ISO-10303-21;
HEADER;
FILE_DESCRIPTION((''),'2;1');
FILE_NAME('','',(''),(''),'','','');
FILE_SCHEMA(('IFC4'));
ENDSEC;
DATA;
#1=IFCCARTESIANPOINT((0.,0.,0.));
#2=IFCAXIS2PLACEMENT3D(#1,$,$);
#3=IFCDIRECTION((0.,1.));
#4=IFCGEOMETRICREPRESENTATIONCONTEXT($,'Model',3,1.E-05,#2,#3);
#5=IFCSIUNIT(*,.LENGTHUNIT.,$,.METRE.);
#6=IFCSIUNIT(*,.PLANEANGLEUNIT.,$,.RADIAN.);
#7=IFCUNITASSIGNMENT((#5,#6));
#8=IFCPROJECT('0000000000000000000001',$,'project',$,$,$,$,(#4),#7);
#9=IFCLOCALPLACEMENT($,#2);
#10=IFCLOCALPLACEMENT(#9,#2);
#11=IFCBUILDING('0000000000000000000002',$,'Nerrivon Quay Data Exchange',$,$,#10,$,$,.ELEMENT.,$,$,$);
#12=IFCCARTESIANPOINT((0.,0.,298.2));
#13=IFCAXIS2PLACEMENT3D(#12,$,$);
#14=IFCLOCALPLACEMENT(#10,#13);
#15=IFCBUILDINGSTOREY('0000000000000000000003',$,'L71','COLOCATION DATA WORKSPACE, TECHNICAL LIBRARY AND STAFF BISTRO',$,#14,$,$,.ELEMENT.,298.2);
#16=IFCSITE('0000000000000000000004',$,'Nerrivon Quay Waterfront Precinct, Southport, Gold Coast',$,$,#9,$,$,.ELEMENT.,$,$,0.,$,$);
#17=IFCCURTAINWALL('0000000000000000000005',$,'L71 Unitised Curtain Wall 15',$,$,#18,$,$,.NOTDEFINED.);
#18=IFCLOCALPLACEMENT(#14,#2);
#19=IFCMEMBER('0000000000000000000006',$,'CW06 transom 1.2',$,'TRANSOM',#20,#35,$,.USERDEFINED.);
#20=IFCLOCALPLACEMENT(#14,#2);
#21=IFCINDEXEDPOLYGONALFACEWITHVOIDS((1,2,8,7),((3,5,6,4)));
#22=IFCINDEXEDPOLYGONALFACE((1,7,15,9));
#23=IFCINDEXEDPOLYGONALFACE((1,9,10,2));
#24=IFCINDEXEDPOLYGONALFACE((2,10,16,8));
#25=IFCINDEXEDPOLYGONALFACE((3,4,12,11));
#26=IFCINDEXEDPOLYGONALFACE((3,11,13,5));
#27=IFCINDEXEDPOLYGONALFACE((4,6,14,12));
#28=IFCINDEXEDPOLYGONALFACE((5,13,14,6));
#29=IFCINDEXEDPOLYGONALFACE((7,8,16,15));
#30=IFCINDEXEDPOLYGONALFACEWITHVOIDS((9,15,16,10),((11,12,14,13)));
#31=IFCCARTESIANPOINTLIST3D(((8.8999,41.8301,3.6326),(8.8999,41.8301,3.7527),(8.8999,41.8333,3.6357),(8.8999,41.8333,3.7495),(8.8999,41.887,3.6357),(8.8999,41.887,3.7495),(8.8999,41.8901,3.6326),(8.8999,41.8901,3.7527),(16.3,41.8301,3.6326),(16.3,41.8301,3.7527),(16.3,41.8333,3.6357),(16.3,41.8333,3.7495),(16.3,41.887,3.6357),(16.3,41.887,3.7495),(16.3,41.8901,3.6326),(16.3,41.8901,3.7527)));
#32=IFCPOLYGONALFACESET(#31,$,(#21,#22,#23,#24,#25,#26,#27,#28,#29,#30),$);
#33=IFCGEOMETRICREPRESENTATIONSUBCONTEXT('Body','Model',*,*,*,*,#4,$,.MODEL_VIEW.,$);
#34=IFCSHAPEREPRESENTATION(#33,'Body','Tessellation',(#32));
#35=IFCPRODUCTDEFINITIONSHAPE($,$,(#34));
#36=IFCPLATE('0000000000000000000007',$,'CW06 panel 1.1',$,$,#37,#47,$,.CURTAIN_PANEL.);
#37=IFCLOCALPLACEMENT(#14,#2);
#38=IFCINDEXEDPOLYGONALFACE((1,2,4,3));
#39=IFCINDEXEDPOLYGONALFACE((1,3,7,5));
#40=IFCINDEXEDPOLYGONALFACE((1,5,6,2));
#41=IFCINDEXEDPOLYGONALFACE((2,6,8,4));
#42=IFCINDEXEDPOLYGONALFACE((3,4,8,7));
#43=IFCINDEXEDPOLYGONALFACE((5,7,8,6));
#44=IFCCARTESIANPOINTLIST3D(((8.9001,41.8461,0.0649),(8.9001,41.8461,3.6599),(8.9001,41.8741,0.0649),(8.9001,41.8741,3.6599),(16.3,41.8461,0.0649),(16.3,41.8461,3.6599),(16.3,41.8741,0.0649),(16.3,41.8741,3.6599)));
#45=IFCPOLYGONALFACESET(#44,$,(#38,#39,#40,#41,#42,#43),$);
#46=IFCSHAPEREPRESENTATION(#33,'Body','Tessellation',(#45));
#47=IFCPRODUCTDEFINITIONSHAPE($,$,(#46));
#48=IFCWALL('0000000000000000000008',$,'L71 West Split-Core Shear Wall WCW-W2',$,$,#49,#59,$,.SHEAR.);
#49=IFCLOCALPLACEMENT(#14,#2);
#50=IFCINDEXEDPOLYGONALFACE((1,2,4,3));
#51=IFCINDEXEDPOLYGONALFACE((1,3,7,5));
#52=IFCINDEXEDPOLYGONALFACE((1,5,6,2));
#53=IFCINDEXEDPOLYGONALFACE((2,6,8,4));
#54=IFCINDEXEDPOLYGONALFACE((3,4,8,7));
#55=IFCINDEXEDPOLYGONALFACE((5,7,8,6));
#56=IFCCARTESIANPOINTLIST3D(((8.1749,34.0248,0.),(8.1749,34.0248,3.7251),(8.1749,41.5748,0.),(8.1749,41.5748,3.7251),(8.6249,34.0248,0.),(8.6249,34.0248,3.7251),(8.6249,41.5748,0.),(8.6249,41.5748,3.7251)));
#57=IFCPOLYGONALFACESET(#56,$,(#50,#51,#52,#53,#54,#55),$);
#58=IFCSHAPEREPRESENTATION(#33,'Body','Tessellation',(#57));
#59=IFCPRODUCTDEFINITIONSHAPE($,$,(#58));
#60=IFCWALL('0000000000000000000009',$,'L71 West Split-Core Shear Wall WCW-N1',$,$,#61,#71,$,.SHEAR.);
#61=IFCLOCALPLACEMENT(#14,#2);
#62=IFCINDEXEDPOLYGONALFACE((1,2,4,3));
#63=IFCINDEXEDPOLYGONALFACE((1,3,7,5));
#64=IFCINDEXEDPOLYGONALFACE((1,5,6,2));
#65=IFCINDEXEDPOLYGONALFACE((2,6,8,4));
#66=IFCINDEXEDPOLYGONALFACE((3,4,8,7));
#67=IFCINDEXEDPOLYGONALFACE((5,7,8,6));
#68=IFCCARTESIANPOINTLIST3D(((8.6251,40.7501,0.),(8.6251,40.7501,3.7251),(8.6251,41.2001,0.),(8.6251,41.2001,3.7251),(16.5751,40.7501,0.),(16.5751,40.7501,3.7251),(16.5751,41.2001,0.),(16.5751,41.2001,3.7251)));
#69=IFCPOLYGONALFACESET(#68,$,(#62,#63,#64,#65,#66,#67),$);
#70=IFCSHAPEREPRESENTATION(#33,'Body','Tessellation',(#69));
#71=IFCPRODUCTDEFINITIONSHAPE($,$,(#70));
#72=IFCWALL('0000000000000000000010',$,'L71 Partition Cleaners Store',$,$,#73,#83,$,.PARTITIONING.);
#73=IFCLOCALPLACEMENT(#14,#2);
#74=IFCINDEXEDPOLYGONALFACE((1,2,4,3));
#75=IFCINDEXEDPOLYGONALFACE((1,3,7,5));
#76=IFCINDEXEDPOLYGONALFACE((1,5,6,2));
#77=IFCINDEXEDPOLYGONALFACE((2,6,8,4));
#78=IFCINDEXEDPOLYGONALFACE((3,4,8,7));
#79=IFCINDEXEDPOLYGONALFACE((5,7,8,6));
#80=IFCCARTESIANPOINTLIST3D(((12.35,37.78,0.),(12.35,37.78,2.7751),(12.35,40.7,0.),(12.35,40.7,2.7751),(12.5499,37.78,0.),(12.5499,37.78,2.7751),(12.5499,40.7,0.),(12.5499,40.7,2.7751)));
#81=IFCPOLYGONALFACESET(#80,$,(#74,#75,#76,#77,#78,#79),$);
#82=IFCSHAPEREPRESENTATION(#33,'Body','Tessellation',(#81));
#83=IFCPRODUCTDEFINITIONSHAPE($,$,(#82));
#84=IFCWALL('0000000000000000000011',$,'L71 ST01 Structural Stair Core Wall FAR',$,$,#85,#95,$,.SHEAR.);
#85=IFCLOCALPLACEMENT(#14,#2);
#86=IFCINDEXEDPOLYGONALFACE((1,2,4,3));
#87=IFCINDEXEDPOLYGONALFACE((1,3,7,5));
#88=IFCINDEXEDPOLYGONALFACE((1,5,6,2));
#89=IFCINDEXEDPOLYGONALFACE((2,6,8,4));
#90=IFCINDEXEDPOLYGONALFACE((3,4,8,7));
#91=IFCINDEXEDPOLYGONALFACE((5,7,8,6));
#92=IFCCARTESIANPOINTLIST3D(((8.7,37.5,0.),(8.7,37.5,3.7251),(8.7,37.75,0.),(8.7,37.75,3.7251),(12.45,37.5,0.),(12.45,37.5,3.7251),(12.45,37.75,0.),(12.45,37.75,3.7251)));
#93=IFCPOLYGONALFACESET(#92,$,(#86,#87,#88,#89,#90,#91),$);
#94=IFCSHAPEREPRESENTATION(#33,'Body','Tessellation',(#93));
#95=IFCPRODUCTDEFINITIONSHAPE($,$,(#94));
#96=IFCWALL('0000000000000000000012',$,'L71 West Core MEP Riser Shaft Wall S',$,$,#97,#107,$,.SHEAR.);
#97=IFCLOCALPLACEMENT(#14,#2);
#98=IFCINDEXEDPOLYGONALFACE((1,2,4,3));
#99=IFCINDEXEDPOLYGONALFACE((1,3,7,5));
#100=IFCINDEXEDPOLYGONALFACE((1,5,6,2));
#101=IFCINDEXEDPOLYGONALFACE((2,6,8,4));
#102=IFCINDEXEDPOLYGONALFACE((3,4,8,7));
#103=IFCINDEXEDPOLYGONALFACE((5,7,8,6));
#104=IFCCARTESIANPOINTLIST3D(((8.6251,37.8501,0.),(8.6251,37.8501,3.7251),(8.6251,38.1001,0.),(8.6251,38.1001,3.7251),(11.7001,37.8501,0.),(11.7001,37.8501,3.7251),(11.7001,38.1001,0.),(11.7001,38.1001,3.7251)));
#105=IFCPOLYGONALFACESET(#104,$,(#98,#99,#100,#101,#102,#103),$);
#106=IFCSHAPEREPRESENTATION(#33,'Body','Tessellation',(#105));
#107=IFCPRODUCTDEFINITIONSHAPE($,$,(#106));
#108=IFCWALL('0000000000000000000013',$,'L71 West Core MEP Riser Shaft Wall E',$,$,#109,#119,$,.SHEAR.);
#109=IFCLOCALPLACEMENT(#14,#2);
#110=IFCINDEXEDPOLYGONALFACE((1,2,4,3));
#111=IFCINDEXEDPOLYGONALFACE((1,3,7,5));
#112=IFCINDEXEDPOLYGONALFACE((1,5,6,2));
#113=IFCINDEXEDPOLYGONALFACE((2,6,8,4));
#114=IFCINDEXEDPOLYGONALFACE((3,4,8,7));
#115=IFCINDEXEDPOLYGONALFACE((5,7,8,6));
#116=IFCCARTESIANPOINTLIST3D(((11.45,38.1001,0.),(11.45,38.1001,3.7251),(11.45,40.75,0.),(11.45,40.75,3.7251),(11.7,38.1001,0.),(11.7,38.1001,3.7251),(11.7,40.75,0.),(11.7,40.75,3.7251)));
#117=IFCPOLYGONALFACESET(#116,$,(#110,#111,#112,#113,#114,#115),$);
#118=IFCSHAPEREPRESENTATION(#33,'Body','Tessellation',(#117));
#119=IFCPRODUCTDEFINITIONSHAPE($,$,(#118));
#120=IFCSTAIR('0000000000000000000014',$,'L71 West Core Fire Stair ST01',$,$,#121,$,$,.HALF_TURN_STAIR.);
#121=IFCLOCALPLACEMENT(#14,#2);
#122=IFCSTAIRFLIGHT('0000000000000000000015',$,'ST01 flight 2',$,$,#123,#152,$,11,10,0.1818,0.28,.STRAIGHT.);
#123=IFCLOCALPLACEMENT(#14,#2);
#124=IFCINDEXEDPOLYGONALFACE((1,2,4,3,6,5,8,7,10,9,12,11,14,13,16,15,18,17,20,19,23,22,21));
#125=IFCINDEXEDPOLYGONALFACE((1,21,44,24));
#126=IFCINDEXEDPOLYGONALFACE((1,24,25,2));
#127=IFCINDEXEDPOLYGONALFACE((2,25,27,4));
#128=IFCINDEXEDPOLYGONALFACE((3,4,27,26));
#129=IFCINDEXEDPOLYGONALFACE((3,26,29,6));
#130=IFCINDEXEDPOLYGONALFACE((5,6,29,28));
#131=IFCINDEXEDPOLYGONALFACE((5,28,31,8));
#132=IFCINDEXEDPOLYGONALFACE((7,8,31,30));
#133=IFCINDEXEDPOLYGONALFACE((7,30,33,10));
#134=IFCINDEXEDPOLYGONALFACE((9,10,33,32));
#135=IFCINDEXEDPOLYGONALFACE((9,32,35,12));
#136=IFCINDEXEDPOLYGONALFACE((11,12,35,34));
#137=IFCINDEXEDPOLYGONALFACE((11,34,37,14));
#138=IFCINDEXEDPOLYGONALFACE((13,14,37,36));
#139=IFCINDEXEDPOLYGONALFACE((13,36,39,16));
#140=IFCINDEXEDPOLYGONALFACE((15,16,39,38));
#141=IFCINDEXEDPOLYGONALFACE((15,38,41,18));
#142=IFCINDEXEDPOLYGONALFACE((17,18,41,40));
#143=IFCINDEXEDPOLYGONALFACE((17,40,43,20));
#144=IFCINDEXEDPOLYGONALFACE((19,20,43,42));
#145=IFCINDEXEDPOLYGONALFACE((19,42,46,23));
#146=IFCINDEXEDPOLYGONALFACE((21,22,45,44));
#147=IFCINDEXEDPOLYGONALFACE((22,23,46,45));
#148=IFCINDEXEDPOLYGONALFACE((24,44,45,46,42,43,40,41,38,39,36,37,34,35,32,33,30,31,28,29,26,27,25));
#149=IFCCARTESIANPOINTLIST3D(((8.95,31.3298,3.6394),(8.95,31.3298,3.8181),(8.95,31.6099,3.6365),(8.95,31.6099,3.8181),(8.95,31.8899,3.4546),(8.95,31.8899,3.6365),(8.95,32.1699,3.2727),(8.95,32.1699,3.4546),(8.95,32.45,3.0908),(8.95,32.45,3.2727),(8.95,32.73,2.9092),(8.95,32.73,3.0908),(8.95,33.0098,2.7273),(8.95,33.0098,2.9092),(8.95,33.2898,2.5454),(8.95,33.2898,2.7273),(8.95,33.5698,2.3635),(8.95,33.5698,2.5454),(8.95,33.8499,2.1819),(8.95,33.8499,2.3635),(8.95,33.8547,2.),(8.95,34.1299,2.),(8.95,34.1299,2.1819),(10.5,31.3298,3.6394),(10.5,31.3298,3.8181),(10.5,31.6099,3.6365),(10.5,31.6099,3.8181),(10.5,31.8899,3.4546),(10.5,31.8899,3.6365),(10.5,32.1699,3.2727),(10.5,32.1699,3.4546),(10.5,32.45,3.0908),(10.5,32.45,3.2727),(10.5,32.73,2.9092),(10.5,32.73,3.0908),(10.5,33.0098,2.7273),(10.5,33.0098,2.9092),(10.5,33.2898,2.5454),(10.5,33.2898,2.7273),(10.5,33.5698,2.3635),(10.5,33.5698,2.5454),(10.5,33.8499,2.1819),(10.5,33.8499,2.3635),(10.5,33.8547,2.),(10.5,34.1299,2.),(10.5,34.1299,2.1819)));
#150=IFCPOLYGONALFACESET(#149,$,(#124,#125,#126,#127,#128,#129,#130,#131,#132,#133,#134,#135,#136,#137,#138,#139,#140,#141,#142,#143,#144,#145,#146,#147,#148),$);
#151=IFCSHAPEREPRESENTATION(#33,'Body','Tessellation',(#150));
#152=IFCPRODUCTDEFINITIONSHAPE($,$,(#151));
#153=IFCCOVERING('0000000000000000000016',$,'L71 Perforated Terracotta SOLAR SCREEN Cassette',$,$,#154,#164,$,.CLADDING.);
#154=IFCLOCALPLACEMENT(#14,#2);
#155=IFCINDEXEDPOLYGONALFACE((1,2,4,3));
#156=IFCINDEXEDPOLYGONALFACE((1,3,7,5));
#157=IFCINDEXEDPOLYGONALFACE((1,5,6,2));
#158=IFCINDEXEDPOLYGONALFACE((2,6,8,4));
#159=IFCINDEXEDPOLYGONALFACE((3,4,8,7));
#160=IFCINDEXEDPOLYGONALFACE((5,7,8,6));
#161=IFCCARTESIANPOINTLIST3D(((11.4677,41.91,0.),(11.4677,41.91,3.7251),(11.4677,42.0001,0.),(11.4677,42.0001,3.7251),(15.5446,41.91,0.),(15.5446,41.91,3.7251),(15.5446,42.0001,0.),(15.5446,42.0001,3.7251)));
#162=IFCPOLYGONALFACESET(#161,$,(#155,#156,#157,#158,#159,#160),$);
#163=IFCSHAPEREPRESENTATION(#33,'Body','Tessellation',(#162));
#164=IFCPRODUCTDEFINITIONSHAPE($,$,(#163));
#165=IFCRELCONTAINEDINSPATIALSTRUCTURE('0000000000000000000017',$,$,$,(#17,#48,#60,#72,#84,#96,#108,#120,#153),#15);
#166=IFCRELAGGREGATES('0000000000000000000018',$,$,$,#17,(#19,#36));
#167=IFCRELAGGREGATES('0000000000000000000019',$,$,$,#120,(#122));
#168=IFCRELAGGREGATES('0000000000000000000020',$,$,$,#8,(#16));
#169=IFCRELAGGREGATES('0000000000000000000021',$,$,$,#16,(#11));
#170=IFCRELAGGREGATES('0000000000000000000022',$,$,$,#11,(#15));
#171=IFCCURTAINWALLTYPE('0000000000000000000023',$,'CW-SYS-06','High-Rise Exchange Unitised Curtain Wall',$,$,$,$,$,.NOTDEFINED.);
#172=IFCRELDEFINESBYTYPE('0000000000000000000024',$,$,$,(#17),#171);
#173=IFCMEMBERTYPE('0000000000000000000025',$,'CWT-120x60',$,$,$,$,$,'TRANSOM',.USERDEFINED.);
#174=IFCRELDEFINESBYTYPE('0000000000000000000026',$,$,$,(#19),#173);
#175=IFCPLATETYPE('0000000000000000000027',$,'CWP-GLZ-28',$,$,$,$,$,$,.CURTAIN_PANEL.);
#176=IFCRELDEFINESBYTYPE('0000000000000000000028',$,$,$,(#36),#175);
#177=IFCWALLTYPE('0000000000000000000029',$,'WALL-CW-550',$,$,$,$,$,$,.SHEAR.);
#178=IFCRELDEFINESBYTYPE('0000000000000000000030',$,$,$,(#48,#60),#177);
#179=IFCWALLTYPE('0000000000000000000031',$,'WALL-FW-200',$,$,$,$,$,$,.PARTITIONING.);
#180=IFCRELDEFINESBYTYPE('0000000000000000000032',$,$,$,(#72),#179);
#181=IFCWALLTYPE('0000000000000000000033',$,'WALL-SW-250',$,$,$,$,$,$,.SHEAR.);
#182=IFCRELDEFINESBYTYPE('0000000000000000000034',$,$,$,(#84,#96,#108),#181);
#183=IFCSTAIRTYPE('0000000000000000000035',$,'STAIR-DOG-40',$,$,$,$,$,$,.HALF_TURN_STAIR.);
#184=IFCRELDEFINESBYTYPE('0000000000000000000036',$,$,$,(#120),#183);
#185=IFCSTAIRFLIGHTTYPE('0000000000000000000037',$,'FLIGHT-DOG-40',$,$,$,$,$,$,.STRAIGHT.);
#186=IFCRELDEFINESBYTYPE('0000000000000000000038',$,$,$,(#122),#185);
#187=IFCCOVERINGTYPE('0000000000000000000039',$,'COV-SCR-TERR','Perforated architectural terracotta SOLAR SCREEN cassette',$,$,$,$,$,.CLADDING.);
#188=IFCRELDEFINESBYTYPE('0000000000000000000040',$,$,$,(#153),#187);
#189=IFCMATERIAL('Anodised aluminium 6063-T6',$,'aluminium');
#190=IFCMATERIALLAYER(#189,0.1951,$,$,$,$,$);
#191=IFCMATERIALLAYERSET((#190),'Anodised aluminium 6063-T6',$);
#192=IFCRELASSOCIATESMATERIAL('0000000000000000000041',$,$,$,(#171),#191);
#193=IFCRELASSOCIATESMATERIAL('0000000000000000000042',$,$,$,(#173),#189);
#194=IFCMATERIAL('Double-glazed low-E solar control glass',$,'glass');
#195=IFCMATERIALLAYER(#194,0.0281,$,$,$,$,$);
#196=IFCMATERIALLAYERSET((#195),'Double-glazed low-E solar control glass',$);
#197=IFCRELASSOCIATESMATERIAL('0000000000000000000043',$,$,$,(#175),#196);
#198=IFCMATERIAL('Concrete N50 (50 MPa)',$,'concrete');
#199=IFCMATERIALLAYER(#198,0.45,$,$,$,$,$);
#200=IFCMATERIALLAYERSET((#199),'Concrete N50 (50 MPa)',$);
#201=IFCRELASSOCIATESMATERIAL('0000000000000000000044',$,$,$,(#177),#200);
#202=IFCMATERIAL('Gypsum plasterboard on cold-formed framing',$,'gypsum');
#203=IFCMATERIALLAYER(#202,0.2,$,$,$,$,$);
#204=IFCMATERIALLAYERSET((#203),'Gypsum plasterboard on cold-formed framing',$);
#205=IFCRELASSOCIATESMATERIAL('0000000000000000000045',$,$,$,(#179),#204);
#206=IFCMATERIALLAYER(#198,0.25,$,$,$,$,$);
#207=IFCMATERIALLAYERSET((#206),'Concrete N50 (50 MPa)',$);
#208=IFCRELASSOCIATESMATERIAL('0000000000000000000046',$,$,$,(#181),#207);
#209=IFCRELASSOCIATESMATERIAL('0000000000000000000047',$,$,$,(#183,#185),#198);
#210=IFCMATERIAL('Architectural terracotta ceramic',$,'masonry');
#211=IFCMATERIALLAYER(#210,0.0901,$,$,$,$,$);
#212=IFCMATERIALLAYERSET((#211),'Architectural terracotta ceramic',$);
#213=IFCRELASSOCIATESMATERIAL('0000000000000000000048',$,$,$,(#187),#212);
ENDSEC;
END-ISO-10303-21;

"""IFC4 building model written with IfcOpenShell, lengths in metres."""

from ifc_helpers import new_model, si_unit, direction, frame, frame_2d, origin, origin_2d, place, context, subcontext, project, spatial, polyline, rectangle, hollow_rectangle, outline, extrude, material, layer, layer_set, material_profile, profile_set, type_object, element, aggregate, save


model = new_model("IFC4")

# Units and contexts
model_context = context("Model", 3, precision=1e-05, world=origin(), true_north=direction((0.0, 1.0)))
body_context = subcontext(model_context, "Body", "Model", "MODEL_VIEW")
ifc_project = project(units=[si_unit("LENGTHUNIT", "METRE"), si_unit("PLANEANGLEUNIT", "RADIAN")], contexts=[model_context])

# Site, building, storey
site_placement = place(None, origin())
site = spatial("IfcSite", under=ifc_project, at=site_placement, Name="Nerrivon Quay Waterfront Precinct, Southport, Gold Coast", CompositionType="ELEMENT", RefElevation=0.0)
building_placement = place(site_placement, origin())
building = spatial("IfcBuilding", under=site, at=building_placement, Name="Nerrivon Quay Data Exchange", CompositionType="ELEMENT")
storey_placement = place(building_placement, frame((0.0, 0.0, 298.2)))
storey = spatial("IfcBuildingStorey", under=building, at=storey_placement, Name="L71", Description="COLOCATION DATA WORKSPACE, TECHNICAL LIBRARY AND STAFF BISTRO", CompositionType="ELEMENT", Elevation=298.2)

# Shared definitions
ifc_material_1 = material(Name="Concrete N50 (50 MPa)", Category="concrete")

# Curtain wall, member, plate
ifc_material_2 = material(Name="Anodised aluminium 6063-T6", Category="aluminium")
ifc_layer_1 = layer(ifc_material_2, 0.1951)
ifc_layer_set_1 = layer_set([ifc_layer_1], Name="Anodised aluminium 6063-T6")
curtain_wall_type = type_object("IfcCurtainWallType", Name="CW-SYS-06", Description="High-Rise Exchange Unitised Curtain Wall", PredefinedType="NOTDEFINED", material=ifc_layer_set_1)
curtain_wall_placement = place(storey_placement, origin())
curtain_wall = element("IfcCurtainWall", 1, at=curtain_wall_placement, inside=storey, type_object=curtain_wall_type, Name="L71 Unitised Curtain Wall 15", PredefinedType="NOTDEFINED")
ifc_material_profile_1 = material_profile(ifc_material_2, hollow_rectangle(XDim=0.0601, YDim=0.1201, WallThickness=0.0032, at=origin_2d()), Name="ALU-TRAN-120x60")
ifc_profile_set_1 = profile_set([ifc_material_profile_1], Name="Anodised aluminium 6063-T6")
member_type_1 = type_object("IfcMemberType", Name="CWT-120x60", ElementType="TRANSOM", PredefinedType="USERDEFINED", material=ifc_profile_set_1)
member_1_placement = place(storey_placement, frame((8.8999, 41.8601, 3.6926), z_axis=(1.0, 0.0, 0.0), x_axis=(0.0, 1.0, 0.0)))
member_1 = element("IfcMember", 2, at=member_1_placement, type_object=member_type_1, Name="CW06 transom 1.2", ObjectType="TRANSOM", PredefinedType="USERDEFINED", context=body_context, shape_type="SweptSolid", body=[
    extrude(hollow_rectangle(XDim=0.0601, YDim=0.1201, WallThickness=0.0032, at=origin_2d()), origin(), (0.0, 0.0, 1.0), 7.4001),
])
ifc_material_3 = material(Name="Double-glazed low-E solar control glass", Category="glass")
ifc_layer_2 = layer(ifc_material_3, 0.0281)
ifc_layer_set_2 = layer_set([ifc_layer_2], Name="Double-glazed low-E solar control glass")
plate_type = type_object("IfcPlateType", Name="CWP-GLZ-28", PredefinedType="CURTAIN_PANEL", material=ifc_layer_set_2)
plate_placement = place(storey_placement, frame((12.6001, 41.8601, 0.0649), z_axis=(0.0, 0.0, 1.0), x_axis=(1.0, 0.0, 0.0)))
plate = element("IfcPlate", 3, at=plate_placement, type_object=plate_type, Name="CW06 panel 1.1", PredefinedType="CURTAIN_PANEL", context=body_context, shape_type="SweptSolid", body=[
    extrude(rectangle(XDim=7.3999, YDim=0.0281, at=origin_2d()), origin(), (0.0, 0.0, 1.0), 3.595),
])
aggregate(curtain_wall, [member_1, plate])

# Walls
ifc_layer_3 = layer(ifc_material_1, 0.45)
ifc_layer_set_3 = layer_set([ifc_layer_3], Name="Concrete N50 (50 MPa)")
wall_type_1 = type_object("IfcWallType", Name="WALL-CW-550", PredefinedType="SHEAR", material=ifc_layer_set_3)
wall_1_placement = place(storey_placement, frame((8.3999, 34.0249, 0.0), z_axis=(0.0, 0.0, 1.0), x_axis=(0.0, 1.0, 0.0)))
element("IfcWall", 4, at=wall_1_placement, inside=storey, type_object=wall_type_1, Name="L71 West Split-Core Shear Wall WCW-W2", PredefinedType="SHEAR", context=body_context, shape_type="SweptSolid", body=[
    extrude(rectangle(XDim=7.55, YDim=0.45, at=frame_2d((3.7749, 0.0))), origin(), (0.0, 0.0, 1.0), 3.7251),
])
wall_2_placement = place(storey_placement, frame((8.625, 40.9751, 0.0), z_axis=(0.0, 0.0, 1.0), x_axis=(1.0, 0.0, 0.0)))
element("IfcWall", 5, at=wall_2_placement, inside=storey, type_object=wall_type_1, Name="L71 West Split-Core Shear Wall WCW-N1", PredefinedType="SHEAR", context=body_context, shape_type="SweptSolid", body=[
    extrude(rectangle(XDim=7.95, YDim=0.45, at=frame_2d((3.9751, 0.0))), origin(), (0.0, 0.0, 1.0), 3.7251),
])
ifc_material_4 = material(Name="Gypsum plasterboard on cold-formed framing", Category="gypsum")
ifc_layer_4 = layer(ifc_material_4, 0.2)
ifc_layer_set_4 = layer_set([ifc_layer_4], Name="Gypsum plasterboard on cold-formed framing")
wall_type_2 = type_object("IfcWallType", Name="WALL-FW-200", PredefinedType="PARTITIONING", material=ifc_layer_set_4)
wall_3_placement = place(storey_placement, frame((12.45, 40.7, 0.0), z_axis=(0.0, 0.0, 1.0), x_axis=(0.0, -1.0, 0.0)))
element("IfcWall", 6, at=wall_3_placement, inside=storey, type_object=wall_type_2, Name="L71 Partition Cleaners Store", PredefinedType="PARTITIONING", context=body_context, shape_type="SweptSolid", body=[
    extrude(rectangle(XDim=2.9199, YDim=0.2, at=frame_2d((1.46, 0.0))), origin(), (0.0, 0.0, 1.0), 2.7751),
])
ifc_layer_5 = layer(ifc_material_1, 0.25)
ifc_layer_set_5 = layer_set([ifc_layer_5], Name="Concrete N50 (50 MPa)")
wall_type_3 = type_object("IfcWallType", Name="WALL-SW-250", PredefinedType="SHEAR", material=ifc_layer_set_5)
wall_4_placement = place(storey_placement, frame((12.45, 37.625, 0.0), z_axis=(0.0, 0.0, 1.0), x_axis=(-1.0, 0.0, 0.0)))
element("IfcWall", 7, at=wall_4_placement, inside=storey, type_object=wall_type_3, Name="L71 ST01 Structural Stair Core Wall FAR", PredefinedType="SHEAR", context=body_context, shape_type="SweptSolid", body=[
    extrude(rectangle(XDim=3.75, YDim=0.25, at=frame_2d((1.875, 0.0))), origin(), (0.0, 0.0, 1.0), 3.7251),
])
wall_5_placement = place(storey_placement, frame((8.625, 37.9751, 0.0), z_axis=(0.0, 0.0, 1.0), x_axis=(1.0, 0.0, 0.0)))
element("IfcWall", 8, at=wall_5_placement, inside=storey, type_object=wall_type_3, Name="L71 West Core MEP Riser Shaft Wall S", PredefinedType="SHEAR", context=body_context, shape_type="SweptSolid", body=[
    extrude(rectangle(XDim=3.075, YDim=0.25, at=frame_2d((1.5376, 0.0))), origin(), (0.0, 0.0, 1.0), 3.7251),
])
wall_6_placement = place(storey_placement, frame((11.575, 38.1001, 0.0), z_axis=(0.0, 0.0, 1.0), x_axis=(0.0, 1.0, 0.0)))
element("IfcWall", 9, at=wall_6_placement, inside=storey, type_object=wall_type_3, Name="L71 West Core MEP Riser Shaft Wall E", PredefinedType="SHEAR", context=body_context, shape_type="SweptSolid", body=[
    extrude(rectangle(XDim=2.6499, YDim=0.25, at=frame_2d((1.325, 0.0))), origin(), (0.0, 0.0, 1.0), 3.7251),
])

# Stair, stair flight
stair_type = type_object("IfcStairType", Name="STAIR-DOG-40", PredefinedType="HALF_TURN_STAIR", material=ifc_material_1)
stair_placement = place(storey_placement, origin())
stair = element("IfcStair", 10, at=stair_placement, inside=storey, type_object=stair_type, Name="L71 West Core Fire Stair ST01", PredefinedType="HALF_TURN_STAIR")
stair_flight_type = type_object("IfcStairFlightType", Name="FLIGHT-DOG-40", PredefinedType="STRAIGHT", material=ifc_material_1)
stair_flight_placement = place(storey_placement, frame((9.7251, 34.1299, 2.0), z_axis=(0.0, 0.0, 1.0), x_axis=(0.0, -1.0, 0.0)))
stair_flight = element("IfcStairFlight", 11, at=stair_flight_placement, type_object=stair_flight_type, Name="ST01 flight 2", NumberOfRisers=11, NumberOfTreads=10, PredefinedType="STRAIGHT", RiserHeight=0.1818, TreadLength=0.28, context=body_context, shape_type="SweptSolid", body=[
    extrude(outline(polyline([(0.0, 0.0), (0.0, 0.1819), (0.28, 0.1819), (0.28, 0.3635), (0.5601, 0.3635), (0.5601, 0.5454), (0.8401, 0.5454), (0.8401, 0.7273), (1.1201, 0.7273), (1.1201, 0.9092), (1.3999, 0.9092), (1.3999, 1.0908), (1.6799, 1.0908), (1.6799, 1.2727), (1.96, 1.2727), (1.96, 1.4546), (2.24, 1.4546), (2.24, 1.6365), (2.52, 1.6365), (2.52, 1.8181), (2.8, 1.8181), (2.8, 2.0), (2.8, 1.6394), (0.2751, 0.0), (0.0, 0.0)])), frame((0.0, 0.7749, 0.0), z_axis=(0.0, -1.0, 0.0), x_axis=(1.0, 0.0, 0.0)), (0.0, 0.0, 1.0), 1.55),
])
aggregate(stair, [stair_flight])

# Covering
ifc_material_5 = material(Name="Architectural terracotta ceramic", Category="masonry")
ifc_layer_6 = layer(ifc_material_5, 0.0901)
ifc_layer_set_6 = layer_set([ifc_layer_6], Name="Architectural terracotta ceramic")
covering_type = type_object("IfcCoveringType", Name="COV-SCR-TERR", Description="Perforated architectural terracotta SOLAR SCREEN cassette", PredefinedType="CLADDING", material=ifc_layer_set_6)
covering_placement = place(storey_placement, frame((13.5061, 41.9551, 0.0), z_axis=(0.0, 0.0, 1.0), x_axis=(1.0, 0.0, 0.0)))
element("IfcCovering", 12, at=covering_placement, inside=storey, type_object=covering_type, Name="L71 Perforated Terracotta SOLAR SCREEN Cassette", PredefinedType="CLADDING", context=body_context, shape_type="SweptSolid", body=[
    extrude(rectangle(XDim=4.0769, YDim=0.0901, at=origin_2d()), origin(), (0.0, 0.0, 1.0), 3.7251),
])

save(model, "model.ifc")
